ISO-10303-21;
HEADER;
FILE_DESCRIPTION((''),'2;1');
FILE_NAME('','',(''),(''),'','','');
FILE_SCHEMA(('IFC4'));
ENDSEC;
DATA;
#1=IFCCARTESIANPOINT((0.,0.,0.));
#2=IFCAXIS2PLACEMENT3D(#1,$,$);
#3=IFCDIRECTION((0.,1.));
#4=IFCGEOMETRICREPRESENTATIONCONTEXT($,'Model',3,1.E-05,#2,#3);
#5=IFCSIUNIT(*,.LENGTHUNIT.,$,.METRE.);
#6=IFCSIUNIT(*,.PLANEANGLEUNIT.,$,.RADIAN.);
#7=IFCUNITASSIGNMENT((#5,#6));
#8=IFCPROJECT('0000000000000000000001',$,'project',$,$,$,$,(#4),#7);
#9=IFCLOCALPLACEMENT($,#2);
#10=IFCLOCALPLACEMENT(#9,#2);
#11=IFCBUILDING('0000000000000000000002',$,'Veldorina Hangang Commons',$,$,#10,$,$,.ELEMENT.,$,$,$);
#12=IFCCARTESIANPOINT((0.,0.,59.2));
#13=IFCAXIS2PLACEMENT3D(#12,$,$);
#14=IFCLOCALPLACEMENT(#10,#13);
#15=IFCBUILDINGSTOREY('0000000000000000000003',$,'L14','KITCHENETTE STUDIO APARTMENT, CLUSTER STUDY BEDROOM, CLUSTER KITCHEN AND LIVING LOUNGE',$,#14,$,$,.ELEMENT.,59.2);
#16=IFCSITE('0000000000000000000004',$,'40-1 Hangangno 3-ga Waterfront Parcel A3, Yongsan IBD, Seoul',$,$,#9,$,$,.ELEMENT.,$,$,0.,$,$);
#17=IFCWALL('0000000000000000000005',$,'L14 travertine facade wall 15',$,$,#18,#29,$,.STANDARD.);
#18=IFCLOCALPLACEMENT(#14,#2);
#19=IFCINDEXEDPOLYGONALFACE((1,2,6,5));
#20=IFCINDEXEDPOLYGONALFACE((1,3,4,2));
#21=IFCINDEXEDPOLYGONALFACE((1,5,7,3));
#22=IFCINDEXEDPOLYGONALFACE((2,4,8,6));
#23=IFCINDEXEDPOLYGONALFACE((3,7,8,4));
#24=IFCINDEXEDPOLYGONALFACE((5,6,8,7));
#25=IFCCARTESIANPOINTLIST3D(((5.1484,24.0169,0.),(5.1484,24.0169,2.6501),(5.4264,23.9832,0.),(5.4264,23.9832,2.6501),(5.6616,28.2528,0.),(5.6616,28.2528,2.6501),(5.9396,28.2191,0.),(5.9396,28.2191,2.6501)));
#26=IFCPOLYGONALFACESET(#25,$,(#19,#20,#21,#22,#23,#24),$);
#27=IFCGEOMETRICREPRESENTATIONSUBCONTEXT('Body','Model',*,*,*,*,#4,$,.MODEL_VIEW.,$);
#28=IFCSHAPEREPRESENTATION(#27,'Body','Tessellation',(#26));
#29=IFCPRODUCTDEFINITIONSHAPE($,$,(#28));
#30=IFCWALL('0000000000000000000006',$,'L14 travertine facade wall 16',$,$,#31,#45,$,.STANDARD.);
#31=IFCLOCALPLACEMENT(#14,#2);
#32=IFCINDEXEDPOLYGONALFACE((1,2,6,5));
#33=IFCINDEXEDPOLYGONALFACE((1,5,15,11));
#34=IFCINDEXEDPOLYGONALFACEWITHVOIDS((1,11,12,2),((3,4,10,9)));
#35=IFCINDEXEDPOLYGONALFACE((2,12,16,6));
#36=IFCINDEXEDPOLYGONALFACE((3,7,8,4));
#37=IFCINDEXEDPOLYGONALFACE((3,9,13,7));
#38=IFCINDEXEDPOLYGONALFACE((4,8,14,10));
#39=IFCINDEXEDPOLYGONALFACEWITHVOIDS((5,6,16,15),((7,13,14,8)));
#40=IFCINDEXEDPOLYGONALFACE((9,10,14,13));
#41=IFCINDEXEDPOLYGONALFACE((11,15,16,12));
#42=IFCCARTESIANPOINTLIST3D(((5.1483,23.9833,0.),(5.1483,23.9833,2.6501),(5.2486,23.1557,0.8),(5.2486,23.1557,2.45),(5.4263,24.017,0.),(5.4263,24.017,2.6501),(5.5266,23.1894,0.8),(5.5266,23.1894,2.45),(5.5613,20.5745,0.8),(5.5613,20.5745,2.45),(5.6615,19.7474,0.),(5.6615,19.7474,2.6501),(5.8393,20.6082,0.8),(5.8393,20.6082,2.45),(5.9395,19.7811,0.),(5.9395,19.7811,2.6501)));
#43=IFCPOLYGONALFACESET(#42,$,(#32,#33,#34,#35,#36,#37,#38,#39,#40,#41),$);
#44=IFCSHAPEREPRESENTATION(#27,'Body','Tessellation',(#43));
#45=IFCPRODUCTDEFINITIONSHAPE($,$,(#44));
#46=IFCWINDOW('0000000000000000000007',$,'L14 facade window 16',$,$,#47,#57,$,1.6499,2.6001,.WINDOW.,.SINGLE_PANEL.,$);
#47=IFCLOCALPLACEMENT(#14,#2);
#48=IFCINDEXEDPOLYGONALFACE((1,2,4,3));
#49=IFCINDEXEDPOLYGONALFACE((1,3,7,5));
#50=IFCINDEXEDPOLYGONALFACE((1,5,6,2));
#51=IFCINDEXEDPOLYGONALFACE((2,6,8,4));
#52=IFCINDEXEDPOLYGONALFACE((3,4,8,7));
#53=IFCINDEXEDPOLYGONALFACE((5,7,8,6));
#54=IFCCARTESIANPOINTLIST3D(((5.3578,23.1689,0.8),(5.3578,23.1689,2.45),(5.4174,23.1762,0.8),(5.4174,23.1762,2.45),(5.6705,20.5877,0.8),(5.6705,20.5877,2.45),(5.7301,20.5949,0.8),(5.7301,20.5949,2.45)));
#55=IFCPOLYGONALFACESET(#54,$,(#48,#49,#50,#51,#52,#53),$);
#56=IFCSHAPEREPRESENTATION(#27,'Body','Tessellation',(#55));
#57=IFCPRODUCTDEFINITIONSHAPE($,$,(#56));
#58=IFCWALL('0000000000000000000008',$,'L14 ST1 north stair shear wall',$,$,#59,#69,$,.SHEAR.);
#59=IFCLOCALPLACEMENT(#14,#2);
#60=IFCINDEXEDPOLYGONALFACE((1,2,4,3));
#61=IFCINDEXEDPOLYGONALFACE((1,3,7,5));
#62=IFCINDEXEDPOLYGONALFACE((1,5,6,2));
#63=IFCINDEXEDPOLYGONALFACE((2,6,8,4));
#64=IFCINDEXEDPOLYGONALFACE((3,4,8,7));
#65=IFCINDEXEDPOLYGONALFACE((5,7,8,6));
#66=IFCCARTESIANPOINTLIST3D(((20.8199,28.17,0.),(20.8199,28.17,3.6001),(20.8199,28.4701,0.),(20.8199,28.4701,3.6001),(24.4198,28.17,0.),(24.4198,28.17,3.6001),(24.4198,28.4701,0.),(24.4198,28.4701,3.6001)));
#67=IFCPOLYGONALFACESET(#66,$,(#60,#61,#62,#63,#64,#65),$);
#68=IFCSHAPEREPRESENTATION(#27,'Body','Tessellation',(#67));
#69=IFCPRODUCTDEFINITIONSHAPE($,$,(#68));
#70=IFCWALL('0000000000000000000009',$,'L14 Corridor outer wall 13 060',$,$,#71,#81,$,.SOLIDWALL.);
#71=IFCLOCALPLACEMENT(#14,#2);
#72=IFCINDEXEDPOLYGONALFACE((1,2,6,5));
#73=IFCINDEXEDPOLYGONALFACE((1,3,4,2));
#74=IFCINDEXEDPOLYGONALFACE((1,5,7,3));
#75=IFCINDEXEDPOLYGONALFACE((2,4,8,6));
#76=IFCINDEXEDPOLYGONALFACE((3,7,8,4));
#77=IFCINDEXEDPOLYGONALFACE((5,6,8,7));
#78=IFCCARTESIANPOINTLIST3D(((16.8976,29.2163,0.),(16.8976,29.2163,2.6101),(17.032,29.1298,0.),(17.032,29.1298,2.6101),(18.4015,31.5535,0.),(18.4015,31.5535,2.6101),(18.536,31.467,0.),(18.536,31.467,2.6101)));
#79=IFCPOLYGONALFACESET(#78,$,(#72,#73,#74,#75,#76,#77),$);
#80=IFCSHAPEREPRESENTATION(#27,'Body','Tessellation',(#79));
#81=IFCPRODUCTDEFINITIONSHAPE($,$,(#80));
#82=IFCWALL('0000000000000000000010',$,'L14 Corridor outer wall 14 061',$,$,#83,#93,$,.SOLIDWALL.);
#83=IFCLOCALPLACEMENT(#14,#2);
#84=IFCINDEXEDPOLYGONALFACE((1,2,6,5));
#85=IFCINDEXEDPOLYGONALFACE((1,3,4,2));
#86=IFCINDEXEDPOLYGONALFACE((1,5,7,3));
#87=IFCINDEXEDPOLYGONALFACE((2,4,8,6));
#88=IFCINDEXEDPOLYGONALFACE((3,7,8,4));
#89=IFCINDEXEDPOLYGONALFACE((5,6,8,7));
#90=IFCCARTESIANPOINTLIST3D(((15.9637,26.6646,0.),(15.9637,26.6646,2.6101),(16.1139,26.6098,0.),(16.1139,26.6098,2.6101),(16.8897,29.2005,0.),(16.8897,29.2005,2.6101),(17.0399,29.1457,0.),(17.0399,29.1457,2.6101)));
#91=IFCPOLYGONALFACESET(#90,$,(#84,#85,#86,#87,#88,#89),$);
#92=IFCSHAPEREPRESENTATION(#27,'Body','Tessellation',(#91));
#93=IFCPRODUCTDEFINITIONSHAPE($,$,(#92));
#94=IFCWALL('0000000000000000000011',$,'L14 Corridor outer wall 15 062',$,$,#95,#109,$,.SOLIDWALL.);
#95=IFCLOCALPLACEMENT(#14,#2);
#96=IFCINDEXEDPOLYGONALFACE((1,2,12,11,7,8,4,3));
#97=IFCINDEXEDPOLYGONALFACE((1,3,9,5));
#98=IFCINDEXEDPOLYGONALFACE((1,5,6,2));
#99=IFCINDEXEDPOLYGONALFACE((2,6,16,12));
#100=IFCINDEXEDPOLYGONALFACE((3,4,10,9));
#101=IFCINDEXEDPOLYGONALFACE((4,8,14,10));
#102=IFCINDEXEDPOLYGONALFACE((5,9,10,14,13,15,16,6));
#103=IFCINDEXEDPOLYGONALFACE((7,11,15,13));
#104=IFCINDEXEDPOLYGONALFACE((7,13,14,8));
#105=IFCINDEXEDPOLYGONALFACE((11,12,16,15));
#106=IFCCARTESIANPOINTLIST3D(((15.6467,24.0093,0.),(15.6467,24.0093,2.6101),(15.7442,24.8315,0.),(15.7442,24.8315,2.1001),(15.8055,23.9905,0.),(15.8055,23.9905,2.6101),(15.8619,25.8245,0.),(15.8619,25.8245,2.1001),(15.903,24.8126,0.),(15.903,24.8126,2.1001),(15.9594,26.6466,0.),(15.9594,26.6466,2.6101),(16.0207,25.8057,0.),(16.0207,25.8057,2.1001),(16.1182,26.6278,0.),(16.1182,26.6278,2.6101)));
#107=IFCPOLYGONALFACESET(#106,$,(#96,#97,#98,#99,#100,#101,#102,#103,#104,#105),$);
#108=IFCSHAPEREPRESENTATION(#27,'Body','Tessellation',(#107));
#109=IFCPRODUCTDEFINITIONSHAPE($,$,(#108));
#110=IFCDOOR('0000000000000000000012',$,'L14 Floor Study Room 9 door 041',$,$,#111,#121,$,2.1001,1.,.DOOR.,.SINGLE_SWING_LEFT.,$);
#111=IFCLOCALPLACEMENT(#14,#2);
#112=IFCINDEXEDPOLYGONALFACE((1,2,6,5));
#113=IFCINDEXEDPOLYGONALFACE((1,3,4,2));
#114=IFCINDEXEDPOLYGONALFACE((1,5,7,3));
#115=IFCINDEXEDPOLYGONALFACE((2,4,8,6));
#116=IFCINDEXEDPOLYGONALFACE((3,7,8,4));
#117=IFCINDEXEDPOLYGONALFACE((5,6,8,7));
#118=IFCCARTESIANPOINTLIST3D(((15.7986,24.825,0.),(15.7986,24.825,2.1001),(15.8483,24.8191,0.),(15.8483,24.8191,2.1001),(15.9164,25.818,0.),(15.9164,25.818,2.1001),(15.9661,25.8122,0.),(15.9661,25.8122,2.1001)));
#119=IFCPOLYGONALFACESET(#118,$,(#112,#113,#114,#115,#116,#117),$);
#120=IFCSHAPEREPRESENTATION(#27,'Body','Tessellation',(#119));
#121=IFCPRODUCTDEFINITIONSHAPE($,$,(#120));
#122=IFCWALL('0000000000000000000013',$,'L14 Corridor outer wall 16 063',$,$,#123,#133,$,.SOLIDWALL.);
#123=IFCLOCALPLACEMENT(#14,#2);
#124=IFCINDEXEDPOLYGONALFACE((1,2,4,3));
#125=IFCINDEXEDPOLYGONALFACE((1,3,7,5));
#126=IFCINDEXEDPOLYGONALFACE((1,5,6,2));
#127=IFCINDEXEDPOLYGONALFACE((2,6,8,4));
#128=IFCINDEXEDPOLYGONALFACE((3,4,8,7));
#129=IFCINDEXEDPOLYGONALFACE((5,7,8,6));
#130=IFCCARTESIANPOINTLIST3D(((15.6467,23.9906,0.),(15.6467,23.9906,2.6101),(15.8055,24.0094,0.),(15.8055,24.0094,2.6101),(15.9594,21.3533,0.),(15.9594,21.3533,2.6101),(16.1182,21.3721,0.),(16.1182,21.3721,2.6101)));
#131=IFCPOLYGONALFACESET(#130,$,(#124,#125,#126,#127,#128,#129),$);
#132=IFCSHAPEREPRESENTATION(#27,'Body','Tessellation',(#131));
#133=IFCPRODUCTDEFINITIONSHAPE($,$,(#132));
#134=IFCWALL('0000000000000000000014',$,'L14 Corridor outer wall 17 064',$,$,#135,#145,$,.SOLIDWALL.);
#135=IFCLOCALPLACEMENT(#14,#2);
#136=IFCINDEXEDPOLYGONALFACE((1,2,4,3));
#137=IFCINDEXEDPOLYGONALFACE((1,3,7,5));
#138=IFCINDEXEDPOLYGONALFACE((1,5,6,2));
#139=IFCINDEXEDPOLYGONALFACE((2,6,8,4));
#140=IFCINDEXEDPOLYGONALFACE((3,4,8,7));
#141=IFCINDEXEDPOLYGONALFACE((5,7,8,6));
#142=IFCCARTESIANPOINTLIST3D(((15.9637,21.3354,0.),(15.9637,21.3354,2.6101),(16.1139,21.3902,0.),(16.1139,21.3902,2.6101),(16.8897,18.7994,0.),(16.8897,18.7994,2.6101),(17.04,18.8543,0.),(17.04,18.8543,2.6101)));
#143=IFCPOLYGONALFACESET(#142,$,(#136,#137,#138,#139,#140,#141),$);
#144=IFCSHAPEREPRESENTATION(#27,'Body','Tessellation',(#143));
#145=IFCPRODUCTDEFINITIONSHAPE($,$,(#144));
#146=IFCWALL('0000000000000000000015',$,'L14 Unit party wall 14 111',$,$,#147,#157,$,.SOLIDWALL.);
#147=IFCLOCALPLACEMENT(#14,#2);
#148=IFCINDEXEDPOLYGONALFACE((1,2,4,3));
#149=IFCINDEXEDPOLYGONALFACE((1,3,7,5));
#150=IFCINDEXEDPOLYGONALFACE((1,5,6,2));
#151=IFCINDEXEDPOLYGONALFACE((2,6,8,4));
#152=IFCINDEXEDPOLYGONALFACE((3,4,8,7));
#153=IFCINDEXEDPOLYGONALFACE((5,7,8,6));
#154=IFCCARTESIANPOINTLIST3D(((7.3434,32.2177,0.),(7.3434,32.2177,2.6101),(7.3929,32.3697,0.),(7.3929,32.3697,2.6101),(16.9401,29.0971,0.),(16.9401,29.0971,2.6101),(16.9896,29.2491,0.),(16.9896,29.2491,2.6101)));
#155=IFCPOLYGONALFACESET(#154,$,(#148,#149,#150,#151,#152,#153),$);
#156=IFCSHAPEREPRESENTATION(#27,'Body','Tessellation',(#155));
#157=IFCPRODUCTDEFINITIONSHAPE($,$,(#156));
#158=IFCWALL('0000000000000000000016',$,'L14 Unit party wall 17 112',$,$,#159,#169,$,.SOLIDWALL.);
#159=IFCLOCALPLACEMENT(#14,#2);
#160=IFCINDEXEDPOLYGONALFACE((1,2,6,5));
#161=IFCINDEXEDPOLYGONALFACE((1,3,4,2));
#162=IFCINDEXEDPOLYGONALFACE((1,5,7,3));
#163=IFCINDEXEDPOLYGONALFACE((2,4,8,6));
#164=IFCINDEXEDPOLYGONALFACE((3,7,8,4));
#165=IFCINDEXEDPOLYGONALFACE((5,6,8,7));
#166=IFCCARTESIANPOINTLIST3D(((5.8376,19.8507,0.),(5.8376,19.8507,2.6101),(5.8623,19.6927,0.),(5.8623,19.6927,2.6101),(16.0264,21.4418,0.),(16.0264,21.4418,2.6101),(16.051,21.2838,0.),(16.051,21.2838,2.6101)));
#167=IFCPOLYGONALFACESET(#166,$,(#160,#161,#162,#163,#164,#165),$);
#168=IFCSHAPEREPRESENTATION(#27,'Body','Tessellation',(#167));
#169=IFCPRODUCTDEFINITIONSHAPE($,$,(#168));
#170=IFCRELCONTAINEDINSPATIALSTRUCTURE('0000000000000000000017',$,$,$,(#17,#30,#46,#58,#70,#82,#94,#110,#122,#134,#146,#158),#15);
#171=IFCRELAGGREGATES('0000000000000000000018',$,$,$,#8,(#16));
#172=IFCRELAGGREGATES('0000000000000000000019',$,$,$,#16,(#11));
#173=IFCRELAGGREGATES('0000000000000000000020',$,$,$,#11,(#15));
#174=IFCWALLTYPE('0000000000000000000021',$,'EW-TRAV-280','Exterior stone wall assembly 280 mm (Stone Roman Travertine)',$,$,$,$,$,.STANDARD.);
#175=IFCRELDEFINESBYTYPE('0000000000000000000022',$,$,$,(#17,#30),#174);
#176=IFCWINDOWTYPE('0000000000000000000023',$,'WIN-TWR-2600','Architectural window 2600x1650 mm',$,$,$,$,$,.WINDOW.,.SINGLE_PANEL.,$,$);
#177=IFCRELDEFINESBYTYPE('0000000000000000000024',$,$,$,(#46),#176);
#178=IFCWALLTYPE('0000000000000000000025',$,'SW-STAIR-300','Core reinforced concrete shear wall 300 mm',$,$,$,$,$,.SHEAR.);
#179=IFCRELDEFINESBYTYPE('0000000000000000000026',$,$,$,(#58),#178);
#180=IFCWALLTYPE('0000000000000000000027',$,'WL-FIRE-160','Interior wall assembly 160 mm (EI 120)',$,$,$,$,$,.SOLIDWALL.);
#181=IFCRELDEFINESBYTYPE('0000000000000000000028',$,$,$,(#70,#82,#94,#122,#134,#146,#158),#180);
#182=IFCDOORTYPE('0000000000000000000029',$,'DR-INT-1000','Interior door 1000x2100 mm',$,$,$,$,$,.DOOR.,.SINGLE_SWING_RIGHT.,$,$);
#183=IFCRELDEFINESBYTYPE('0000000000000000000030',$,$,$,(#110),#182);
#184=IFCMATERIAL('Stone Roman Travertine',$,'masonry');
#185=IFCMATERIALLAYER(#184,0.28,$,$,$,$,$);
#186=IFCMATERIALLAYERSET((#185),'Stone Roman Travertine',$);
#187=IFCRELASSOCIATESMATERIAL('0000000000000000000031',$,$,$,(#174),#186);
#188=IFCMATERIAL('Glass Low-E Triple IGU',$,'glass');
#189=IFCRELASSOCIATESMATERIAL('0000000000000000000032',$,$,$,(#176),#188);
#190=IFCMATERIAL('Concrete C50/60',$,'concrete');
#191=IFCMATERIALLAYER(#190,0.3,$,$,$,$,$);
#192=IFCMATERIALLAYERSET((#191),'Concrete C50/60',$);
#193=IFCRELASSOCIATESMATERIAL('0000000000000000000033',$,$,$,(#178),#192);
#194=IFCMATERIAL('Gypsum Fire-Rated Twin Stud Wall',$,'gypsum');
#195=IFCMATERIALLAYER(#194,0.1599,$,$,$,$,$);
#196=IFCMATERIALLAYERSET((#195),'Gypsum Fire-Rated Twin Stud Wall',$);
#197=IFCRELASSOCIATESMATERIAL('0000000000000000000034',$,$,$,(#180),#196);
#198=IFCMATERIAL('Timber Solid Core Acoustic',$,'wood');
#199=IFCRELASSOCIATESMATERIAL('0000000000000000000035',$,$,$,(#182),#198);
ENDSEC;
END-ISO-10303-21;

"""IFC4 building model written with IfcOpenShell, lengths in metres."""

from ifc_helpers import new_model, si_unit, direction, frame, frame_2d, origin, place, context, subcontext, project, spatial, rectangle, extrude, material, layer, layer_set, type_object, element, fill, save


model = new_model("IFC4")

# Units and contexts
model_context = context("Model", 3, precision=1e-05, world=origin(), true_north=direction((0.0, 1.0)))
body_context = subcontext(model_context, "Body", "Model", "MODEL_VIEW")
ifc_project = project(units=[si_unit("LENGTHUNIT", "METRE"), si_unit("PLANEANGLEUNIT", "RADIAN")], contexts=[model_context])

# Site, building, storey
site_placement = place(None, origin())
site = spatial("IfcSite", under=ifc_project, at=site_placement, Name="40-1 Hangangno 3-ga Waterfront Parcel A3, Yongsan IBD, Seoul", CompositionType="ELEMENT", RefElevation=0.0)
building_placement = place(site_placement, origin())
building = spatial("IfcBuilding", under=site, at=building_placement, Name="Veldorina Hangang Commons", CompositionType="ELEMENT")
storey_placement = place(building_placement, frame((0.0, 0.0, 59.2)))
storey = spatial("IfcBuildingStorey", under=building, at=storey_placement, Name="L14", Description="KITCHENETTE STUDIO APARTMENT, CLUSTER STUDY BEDROOM, CLUSTER KITCHEN AND LIVING LOUNGE", CompositionType="ELEMENT", Elevation=59.2)

# Wall
ifc_material_1 = material(Name="Stone Roman Travertine", Category="masonry")
ifc_layer_1 = layer(ifc_material_1, 0.28)
ifc_layer_set_1 = layer_set([ifc_layer_1], Name="Stone Roman Travertine")
wall_type_1 = type_object("IfcWallType", Name="EW-TRAV-280", Description="Exterior stone wall assembly 280 mm (Stone Roman Travertine)", PredefinedType="STANDARD", material=ifc_layer_set_1)
wall_1_placement = place(storey_placement, frame((5.8005, 28.2358, 0.0), z_axis=(0.0, 0.0, 1.0), x_axis=(-0.120273, -0.992741, 0.0)))
element("IfcWall", 1, at=wall_1_placement, inside=storey, type_object=wall_type_1, Name="L14 travertine facade wall 15", PredefinedType="STANDARD", context=body_context, shape_type="SweptSolid", body=[
    extrude(rectangle(XDim=4.2668, YDim=0.28, at=frame_2d((2.1333, 0.0))), origin(), (0.0, 0.0, 1.0), 2.6501),
])

# Wall, opening, window
wall_2_placement = place(storey_placement, frame((5.2874, 24.0, 0.0), z_axis=(0.0, 0.0, 1.0), x_axis=(0.120273, -0.992741, 0.0)))
wall_2 = element("IfcWall", 2, at=wall_2_placement, inside=storey, type_object=wall_type_1, Name="L14 travertine facade wall 16", PredefinedType="STANDARD", context=body_context, shape_type="SweptSolid", body=[
    extrude(rectangle(XDim=4.2668, YDim=0.28, at=frame_2d((2.1333, 0.0))), origin(), (0.0, 0.0, 1.0), 2.6501),
])
opening_1_placement = place(wall_2_placement, frame((0.8335, 0.0, 0.8)))
opening_1 = element("IfcOpeningElement", 3, at=opening_1_placement, cuts=wall_2, PredefinedType="OPENING", context=body_context, shape_type="SweptSolid", body=[
    extrude(rectangle(XDim=2.6001, YDim=1.6499, at=frame_2d((1.3, 0.825))), frame((0.0, 0.1499, 0.0), z_axis=(0.0, -1.0, 0.0), x_axis=(1.0, 0.0, 0.0)), (0.0, 0.0, 1.0), 0.3),
])
ifc_material_2 = material(Name="Glass Low-E Triple IGU", Category="glass")
window_type = type_object("IfcWindowType", Name="WIN-TWR-2600", Description="Architectural window 2600x1650 mm", PartitioningType="SINGLE_PANEL", PredefinedType="WINDOW", material=ifc_material_2)
window_placement = place(opening_1_placement, origin())
window = element("IfcWindow", 4, at=window_placement, inside=storey, type_object=window_type, Name="L14 facade window 16", OverallHeight=1.6499, OverallWidth=2.6001, PartitioningType="SINGLE_PANEL", PredefinedType="WINDOW", context=body_context, shape_type="SweptSolid", body=[
    extrude(rectangle(XDim=2.6001, YDim=1.6499, at=frame_2d((1.3, 0.825))), frame((0.0, 0.03, 0.0), z_axis=(0.0, -1.0, 0.0), x_axis=(1.0, 0.0, 0.0)), (0.0, 0.0, 1.0), 0.0601),
])
fill(opening_1, window)

# Walls
ifc_material_3 = material(Name="Concrete C50/60", Category="concrete")
ifc_layer_2 = layer(ifc_material_3, 0.3)
ifc_layer_set_2 = layer_set([ifc_layer_2], Name="Concrete C50/60")
wall_type_2 = type_object("IfcWallType", Name="SW-STAIR-300", Description="Core reinforced concrete shear wall 300 mm", PredefinedType="SHEAR", material=ifc_layer_set_2)
wall_3_placement = place(storey_placement, frame((20.8201, 28.3201, 0.0), z_axis=(0.0, 0.0, 1.0), x_axis=(1.0, 0.0, 0.0)))
element("IfcWall", 5, at=wall_3_placement, inside=storey, type_object=wall_type_2, Name="L14 ST1 north stair shear wall", PredefinedType="SHEAR", context=body_context, shape_type="SweptSolid", body=[
    extrude(rectangle(XDim=3.5999, YDim=0.3, at=frame_2d((1.7998, 0.0))), origin(), (0.0, 0.0, 1.0), 3.6001),
])
ifc_material_4 = material(Name="Gypsum Fire-Rated Twin Stud Wall", Category="gypsum")
ifc_layer_3 = layer(ifc_material_4, 0.1599)
ifc_layer_set_3 = layer_set([ifc_layer_3], Name="Gypsum Fire-Rated Twin Stud Wall")
wall_type_3 = type_object("IfcWallType", Name="WL-FIRE-160", Description="Interior wall assembly 160 mm (EI 120)", PredefinedType="SOLIDWALL", material=ifc_layer_set_3)
wall_4_placement = place(storey_placement, frame((18.4688, 31.5103, 0.0), z_axis=(0.0, 0.0, 1.0), x_axis=(-0.541126, -0.840941, 0.0)))
element("IfcWall", 6, at=wall_4_placement, inside=storey, type_object=wall_type_3, Name="L14 Corridor outer wall 13 060", PredefinedType="SOLIDWALL", context=body_context, shape_type="SweptSolid", body=[
    extrude(rectangle(XDim=2.7793, YDim=0.1599, at=frame_2d((1.3896, 0.0))), origin(), (0.0, 0.0, 1.0), 2.6101),
])
wall_5_placement = place(storey_placement, frame((16.9648, 29.1731, 0.0), z_axis=(0.0, 0.0, 1.0), x_axis=(-0.343013, -0.93933, 0.0)))
element("IfcWall", 7, at=wall_5_placement, inside=storey, type_object=wall_type_3, Name="L14 Corridor outer wall 14 061", PredefinedType="SOLIDWALL", context=body_context, shape_type="SweptSolid", body=[
    extrude(rectangle(XDim=2.6997, YDim=0.1599, at=frame_2d((1.3499, 0.0))), origin(), (0.0, 0.0, 1.0), 2.6101),
])

# Wall, opening, door
wall_6_placement = place(storey_placement, frame((16.0388, 26.6372, 0.0), z_axis=(0.0, 0.0, 1.0), x_axis=(-0.117764, -0.993042, 0.0)))
wall_6 = element("IfcWall", 8, at=wall_6_placement, inside=storey, type_object=wall_type_3, Name="L14 Corridor outer wall 15 062", PredefinedType="SOLIDWALL", context=body_context, shape_type="SweptSolid", body=[
    extrude(rectangle(XDim=2.6558, YDim=0.1599, at=frame_2d((1.3279, 0.0))), origin(), (0.0, 0.0, 1.0), 2.6101),
])
opening_2_placement = place(wall_6_placement, frame((0.8279, 0.0, 0.0)))
opening_2 = element("IfcOpeningElement", 9, at=opening_2_placement, cuts=wall_6, PredefinedType="OPENING", context=body_context, shape_type="SweptSolid", body=[
    extrude(rectangle(XDim=1.0, YDim=2.1001, at=frame_2d((0.5, 1.05))), frame((0.0, 0.0898, 0.0), z_axis=(0.0, -1.0, 0.0), x_axis=(1.0, 0.0, 0.0)), (0.0, 0.0, 1.0), 0.1799),
])
ifc_material_5 = material(Name="Timber Solid Core Acoustic", Category="wood")
door_type = type_object("IfcDoorType", Name="DR-INT-1000", Description="Interior door 1000x2100 mm", OperationType="SINGLE_SWING_RIGHT", PredefinedType="DOOR", material=ifc_material_5)
door_placement = place(opening_2_placement, origin())
door = element("IfcDoor", 10, at=door_placement, inside=storey, type_object=door_type, Name="L14 Floor Study Room 9 door 041", OperationType="SINGLE_SWING_LEFT", OverallHeight=2.1001, OverallWidth=1.0, PredefinedType="DOOR", context=body_context, shape_type="SweptSolid", body=[
    extrude(rectangle(XDim=1.0, YDim=2.1001, at=frame_2d((0.5, 1.05))), frame((0.0, 0.0249, 0.0), z_axis=(0.0, -1.0, 0.0), x_axis=(1.0, 0.0, 0.0)), (0.0, 0.0, 1.0), 0.05),
])
fill(opening_2, door)

# Walls
wall_7_placement = place(storey_placement, frame((15.7261, 24.0, 0.0), z_axis=(0.0, 0.0, 1.0), x_axis=(0.117764, -0.993042, 0.0)))
element("IfcWall", 11, at=wall_7_placement, inside=storey, type_object=wall_type_3, Name="L14 Corridor outer wall 16 063", PredefinedType="SOLIDWALL", context=body_context, shape_type="SweptSolid", body=[
    extrude(rectangle(XDim=2.6558, YDim=0.1599, at=frame_2d((1.3279, 0.0))), origin(), (0.0, 0.0, 1.0), 2.6101),
])
wall_8_placement = place(storey_placement, frame((16.0388, 21.3628, 0.0), z_axis=(0.0, 0.0, 1.0), x_axis=(0.343013, -0.93933, 0.0)))
element("IfcWall", 12, at=wall_8_placement, inside=storey, type_object=wall_type_3, Name="L14 Corridor outer wall 17 064", PredefinedType="SOLIDWALL", context=body_context, shape_type="SweptSolid", body=[
    extrude(rectangle(XDim=2.6997, YDim=0.1599, at=frame_2d((1.3499, 0.0))), origin(), (0.0, 0.0, 1.0), 2.6101),
])
wall_9_placement = place(storey_placement, frame((16.9648, 29.1731, 0.0), z_axis=(0.0, 0.0, 1.0), x_axis=(-0.950985, 0.309237, 0.0)))
element("IfcWall", 13, at=wall_9_placement, inside=storey, type_object=wall_type_3, Name="L14 Unit party wall 14 111", PredefinedType="SOLIDWALL", context=body_context, shape_type="SweptSolid", body=[
    extrude(rectangle(XDim=10.0913, YDim=0.1599, at=frame_2d((5.0457, 0.0))), origin(), (0.0, 0.0, 1.0), 2.6101),
])
wall_10_placement = place(storey_placement, frame((16.0388, 21.3628, 0.0), z_axis=(0.0, 0.0, 1.0), x_axis=(-0.988026, -0.154289, 0.0)))
element("IfcWall", 14, at=wall_10_placement, inside=storey, type_object=wall_type_3, Name="L14 Unit party wall 17 112", PredefinedType="SOLIDWALL", context=body_context, shape_type="SweptSolid", body=[
    extrude(rectangle(XDim=10.3123, YDim=0.1599, at=frame_2d((5.1562, 0.0))), origin(), (0.0, 0.0, 1.0), 2.6101),
])

save(model, "model.ifc")
